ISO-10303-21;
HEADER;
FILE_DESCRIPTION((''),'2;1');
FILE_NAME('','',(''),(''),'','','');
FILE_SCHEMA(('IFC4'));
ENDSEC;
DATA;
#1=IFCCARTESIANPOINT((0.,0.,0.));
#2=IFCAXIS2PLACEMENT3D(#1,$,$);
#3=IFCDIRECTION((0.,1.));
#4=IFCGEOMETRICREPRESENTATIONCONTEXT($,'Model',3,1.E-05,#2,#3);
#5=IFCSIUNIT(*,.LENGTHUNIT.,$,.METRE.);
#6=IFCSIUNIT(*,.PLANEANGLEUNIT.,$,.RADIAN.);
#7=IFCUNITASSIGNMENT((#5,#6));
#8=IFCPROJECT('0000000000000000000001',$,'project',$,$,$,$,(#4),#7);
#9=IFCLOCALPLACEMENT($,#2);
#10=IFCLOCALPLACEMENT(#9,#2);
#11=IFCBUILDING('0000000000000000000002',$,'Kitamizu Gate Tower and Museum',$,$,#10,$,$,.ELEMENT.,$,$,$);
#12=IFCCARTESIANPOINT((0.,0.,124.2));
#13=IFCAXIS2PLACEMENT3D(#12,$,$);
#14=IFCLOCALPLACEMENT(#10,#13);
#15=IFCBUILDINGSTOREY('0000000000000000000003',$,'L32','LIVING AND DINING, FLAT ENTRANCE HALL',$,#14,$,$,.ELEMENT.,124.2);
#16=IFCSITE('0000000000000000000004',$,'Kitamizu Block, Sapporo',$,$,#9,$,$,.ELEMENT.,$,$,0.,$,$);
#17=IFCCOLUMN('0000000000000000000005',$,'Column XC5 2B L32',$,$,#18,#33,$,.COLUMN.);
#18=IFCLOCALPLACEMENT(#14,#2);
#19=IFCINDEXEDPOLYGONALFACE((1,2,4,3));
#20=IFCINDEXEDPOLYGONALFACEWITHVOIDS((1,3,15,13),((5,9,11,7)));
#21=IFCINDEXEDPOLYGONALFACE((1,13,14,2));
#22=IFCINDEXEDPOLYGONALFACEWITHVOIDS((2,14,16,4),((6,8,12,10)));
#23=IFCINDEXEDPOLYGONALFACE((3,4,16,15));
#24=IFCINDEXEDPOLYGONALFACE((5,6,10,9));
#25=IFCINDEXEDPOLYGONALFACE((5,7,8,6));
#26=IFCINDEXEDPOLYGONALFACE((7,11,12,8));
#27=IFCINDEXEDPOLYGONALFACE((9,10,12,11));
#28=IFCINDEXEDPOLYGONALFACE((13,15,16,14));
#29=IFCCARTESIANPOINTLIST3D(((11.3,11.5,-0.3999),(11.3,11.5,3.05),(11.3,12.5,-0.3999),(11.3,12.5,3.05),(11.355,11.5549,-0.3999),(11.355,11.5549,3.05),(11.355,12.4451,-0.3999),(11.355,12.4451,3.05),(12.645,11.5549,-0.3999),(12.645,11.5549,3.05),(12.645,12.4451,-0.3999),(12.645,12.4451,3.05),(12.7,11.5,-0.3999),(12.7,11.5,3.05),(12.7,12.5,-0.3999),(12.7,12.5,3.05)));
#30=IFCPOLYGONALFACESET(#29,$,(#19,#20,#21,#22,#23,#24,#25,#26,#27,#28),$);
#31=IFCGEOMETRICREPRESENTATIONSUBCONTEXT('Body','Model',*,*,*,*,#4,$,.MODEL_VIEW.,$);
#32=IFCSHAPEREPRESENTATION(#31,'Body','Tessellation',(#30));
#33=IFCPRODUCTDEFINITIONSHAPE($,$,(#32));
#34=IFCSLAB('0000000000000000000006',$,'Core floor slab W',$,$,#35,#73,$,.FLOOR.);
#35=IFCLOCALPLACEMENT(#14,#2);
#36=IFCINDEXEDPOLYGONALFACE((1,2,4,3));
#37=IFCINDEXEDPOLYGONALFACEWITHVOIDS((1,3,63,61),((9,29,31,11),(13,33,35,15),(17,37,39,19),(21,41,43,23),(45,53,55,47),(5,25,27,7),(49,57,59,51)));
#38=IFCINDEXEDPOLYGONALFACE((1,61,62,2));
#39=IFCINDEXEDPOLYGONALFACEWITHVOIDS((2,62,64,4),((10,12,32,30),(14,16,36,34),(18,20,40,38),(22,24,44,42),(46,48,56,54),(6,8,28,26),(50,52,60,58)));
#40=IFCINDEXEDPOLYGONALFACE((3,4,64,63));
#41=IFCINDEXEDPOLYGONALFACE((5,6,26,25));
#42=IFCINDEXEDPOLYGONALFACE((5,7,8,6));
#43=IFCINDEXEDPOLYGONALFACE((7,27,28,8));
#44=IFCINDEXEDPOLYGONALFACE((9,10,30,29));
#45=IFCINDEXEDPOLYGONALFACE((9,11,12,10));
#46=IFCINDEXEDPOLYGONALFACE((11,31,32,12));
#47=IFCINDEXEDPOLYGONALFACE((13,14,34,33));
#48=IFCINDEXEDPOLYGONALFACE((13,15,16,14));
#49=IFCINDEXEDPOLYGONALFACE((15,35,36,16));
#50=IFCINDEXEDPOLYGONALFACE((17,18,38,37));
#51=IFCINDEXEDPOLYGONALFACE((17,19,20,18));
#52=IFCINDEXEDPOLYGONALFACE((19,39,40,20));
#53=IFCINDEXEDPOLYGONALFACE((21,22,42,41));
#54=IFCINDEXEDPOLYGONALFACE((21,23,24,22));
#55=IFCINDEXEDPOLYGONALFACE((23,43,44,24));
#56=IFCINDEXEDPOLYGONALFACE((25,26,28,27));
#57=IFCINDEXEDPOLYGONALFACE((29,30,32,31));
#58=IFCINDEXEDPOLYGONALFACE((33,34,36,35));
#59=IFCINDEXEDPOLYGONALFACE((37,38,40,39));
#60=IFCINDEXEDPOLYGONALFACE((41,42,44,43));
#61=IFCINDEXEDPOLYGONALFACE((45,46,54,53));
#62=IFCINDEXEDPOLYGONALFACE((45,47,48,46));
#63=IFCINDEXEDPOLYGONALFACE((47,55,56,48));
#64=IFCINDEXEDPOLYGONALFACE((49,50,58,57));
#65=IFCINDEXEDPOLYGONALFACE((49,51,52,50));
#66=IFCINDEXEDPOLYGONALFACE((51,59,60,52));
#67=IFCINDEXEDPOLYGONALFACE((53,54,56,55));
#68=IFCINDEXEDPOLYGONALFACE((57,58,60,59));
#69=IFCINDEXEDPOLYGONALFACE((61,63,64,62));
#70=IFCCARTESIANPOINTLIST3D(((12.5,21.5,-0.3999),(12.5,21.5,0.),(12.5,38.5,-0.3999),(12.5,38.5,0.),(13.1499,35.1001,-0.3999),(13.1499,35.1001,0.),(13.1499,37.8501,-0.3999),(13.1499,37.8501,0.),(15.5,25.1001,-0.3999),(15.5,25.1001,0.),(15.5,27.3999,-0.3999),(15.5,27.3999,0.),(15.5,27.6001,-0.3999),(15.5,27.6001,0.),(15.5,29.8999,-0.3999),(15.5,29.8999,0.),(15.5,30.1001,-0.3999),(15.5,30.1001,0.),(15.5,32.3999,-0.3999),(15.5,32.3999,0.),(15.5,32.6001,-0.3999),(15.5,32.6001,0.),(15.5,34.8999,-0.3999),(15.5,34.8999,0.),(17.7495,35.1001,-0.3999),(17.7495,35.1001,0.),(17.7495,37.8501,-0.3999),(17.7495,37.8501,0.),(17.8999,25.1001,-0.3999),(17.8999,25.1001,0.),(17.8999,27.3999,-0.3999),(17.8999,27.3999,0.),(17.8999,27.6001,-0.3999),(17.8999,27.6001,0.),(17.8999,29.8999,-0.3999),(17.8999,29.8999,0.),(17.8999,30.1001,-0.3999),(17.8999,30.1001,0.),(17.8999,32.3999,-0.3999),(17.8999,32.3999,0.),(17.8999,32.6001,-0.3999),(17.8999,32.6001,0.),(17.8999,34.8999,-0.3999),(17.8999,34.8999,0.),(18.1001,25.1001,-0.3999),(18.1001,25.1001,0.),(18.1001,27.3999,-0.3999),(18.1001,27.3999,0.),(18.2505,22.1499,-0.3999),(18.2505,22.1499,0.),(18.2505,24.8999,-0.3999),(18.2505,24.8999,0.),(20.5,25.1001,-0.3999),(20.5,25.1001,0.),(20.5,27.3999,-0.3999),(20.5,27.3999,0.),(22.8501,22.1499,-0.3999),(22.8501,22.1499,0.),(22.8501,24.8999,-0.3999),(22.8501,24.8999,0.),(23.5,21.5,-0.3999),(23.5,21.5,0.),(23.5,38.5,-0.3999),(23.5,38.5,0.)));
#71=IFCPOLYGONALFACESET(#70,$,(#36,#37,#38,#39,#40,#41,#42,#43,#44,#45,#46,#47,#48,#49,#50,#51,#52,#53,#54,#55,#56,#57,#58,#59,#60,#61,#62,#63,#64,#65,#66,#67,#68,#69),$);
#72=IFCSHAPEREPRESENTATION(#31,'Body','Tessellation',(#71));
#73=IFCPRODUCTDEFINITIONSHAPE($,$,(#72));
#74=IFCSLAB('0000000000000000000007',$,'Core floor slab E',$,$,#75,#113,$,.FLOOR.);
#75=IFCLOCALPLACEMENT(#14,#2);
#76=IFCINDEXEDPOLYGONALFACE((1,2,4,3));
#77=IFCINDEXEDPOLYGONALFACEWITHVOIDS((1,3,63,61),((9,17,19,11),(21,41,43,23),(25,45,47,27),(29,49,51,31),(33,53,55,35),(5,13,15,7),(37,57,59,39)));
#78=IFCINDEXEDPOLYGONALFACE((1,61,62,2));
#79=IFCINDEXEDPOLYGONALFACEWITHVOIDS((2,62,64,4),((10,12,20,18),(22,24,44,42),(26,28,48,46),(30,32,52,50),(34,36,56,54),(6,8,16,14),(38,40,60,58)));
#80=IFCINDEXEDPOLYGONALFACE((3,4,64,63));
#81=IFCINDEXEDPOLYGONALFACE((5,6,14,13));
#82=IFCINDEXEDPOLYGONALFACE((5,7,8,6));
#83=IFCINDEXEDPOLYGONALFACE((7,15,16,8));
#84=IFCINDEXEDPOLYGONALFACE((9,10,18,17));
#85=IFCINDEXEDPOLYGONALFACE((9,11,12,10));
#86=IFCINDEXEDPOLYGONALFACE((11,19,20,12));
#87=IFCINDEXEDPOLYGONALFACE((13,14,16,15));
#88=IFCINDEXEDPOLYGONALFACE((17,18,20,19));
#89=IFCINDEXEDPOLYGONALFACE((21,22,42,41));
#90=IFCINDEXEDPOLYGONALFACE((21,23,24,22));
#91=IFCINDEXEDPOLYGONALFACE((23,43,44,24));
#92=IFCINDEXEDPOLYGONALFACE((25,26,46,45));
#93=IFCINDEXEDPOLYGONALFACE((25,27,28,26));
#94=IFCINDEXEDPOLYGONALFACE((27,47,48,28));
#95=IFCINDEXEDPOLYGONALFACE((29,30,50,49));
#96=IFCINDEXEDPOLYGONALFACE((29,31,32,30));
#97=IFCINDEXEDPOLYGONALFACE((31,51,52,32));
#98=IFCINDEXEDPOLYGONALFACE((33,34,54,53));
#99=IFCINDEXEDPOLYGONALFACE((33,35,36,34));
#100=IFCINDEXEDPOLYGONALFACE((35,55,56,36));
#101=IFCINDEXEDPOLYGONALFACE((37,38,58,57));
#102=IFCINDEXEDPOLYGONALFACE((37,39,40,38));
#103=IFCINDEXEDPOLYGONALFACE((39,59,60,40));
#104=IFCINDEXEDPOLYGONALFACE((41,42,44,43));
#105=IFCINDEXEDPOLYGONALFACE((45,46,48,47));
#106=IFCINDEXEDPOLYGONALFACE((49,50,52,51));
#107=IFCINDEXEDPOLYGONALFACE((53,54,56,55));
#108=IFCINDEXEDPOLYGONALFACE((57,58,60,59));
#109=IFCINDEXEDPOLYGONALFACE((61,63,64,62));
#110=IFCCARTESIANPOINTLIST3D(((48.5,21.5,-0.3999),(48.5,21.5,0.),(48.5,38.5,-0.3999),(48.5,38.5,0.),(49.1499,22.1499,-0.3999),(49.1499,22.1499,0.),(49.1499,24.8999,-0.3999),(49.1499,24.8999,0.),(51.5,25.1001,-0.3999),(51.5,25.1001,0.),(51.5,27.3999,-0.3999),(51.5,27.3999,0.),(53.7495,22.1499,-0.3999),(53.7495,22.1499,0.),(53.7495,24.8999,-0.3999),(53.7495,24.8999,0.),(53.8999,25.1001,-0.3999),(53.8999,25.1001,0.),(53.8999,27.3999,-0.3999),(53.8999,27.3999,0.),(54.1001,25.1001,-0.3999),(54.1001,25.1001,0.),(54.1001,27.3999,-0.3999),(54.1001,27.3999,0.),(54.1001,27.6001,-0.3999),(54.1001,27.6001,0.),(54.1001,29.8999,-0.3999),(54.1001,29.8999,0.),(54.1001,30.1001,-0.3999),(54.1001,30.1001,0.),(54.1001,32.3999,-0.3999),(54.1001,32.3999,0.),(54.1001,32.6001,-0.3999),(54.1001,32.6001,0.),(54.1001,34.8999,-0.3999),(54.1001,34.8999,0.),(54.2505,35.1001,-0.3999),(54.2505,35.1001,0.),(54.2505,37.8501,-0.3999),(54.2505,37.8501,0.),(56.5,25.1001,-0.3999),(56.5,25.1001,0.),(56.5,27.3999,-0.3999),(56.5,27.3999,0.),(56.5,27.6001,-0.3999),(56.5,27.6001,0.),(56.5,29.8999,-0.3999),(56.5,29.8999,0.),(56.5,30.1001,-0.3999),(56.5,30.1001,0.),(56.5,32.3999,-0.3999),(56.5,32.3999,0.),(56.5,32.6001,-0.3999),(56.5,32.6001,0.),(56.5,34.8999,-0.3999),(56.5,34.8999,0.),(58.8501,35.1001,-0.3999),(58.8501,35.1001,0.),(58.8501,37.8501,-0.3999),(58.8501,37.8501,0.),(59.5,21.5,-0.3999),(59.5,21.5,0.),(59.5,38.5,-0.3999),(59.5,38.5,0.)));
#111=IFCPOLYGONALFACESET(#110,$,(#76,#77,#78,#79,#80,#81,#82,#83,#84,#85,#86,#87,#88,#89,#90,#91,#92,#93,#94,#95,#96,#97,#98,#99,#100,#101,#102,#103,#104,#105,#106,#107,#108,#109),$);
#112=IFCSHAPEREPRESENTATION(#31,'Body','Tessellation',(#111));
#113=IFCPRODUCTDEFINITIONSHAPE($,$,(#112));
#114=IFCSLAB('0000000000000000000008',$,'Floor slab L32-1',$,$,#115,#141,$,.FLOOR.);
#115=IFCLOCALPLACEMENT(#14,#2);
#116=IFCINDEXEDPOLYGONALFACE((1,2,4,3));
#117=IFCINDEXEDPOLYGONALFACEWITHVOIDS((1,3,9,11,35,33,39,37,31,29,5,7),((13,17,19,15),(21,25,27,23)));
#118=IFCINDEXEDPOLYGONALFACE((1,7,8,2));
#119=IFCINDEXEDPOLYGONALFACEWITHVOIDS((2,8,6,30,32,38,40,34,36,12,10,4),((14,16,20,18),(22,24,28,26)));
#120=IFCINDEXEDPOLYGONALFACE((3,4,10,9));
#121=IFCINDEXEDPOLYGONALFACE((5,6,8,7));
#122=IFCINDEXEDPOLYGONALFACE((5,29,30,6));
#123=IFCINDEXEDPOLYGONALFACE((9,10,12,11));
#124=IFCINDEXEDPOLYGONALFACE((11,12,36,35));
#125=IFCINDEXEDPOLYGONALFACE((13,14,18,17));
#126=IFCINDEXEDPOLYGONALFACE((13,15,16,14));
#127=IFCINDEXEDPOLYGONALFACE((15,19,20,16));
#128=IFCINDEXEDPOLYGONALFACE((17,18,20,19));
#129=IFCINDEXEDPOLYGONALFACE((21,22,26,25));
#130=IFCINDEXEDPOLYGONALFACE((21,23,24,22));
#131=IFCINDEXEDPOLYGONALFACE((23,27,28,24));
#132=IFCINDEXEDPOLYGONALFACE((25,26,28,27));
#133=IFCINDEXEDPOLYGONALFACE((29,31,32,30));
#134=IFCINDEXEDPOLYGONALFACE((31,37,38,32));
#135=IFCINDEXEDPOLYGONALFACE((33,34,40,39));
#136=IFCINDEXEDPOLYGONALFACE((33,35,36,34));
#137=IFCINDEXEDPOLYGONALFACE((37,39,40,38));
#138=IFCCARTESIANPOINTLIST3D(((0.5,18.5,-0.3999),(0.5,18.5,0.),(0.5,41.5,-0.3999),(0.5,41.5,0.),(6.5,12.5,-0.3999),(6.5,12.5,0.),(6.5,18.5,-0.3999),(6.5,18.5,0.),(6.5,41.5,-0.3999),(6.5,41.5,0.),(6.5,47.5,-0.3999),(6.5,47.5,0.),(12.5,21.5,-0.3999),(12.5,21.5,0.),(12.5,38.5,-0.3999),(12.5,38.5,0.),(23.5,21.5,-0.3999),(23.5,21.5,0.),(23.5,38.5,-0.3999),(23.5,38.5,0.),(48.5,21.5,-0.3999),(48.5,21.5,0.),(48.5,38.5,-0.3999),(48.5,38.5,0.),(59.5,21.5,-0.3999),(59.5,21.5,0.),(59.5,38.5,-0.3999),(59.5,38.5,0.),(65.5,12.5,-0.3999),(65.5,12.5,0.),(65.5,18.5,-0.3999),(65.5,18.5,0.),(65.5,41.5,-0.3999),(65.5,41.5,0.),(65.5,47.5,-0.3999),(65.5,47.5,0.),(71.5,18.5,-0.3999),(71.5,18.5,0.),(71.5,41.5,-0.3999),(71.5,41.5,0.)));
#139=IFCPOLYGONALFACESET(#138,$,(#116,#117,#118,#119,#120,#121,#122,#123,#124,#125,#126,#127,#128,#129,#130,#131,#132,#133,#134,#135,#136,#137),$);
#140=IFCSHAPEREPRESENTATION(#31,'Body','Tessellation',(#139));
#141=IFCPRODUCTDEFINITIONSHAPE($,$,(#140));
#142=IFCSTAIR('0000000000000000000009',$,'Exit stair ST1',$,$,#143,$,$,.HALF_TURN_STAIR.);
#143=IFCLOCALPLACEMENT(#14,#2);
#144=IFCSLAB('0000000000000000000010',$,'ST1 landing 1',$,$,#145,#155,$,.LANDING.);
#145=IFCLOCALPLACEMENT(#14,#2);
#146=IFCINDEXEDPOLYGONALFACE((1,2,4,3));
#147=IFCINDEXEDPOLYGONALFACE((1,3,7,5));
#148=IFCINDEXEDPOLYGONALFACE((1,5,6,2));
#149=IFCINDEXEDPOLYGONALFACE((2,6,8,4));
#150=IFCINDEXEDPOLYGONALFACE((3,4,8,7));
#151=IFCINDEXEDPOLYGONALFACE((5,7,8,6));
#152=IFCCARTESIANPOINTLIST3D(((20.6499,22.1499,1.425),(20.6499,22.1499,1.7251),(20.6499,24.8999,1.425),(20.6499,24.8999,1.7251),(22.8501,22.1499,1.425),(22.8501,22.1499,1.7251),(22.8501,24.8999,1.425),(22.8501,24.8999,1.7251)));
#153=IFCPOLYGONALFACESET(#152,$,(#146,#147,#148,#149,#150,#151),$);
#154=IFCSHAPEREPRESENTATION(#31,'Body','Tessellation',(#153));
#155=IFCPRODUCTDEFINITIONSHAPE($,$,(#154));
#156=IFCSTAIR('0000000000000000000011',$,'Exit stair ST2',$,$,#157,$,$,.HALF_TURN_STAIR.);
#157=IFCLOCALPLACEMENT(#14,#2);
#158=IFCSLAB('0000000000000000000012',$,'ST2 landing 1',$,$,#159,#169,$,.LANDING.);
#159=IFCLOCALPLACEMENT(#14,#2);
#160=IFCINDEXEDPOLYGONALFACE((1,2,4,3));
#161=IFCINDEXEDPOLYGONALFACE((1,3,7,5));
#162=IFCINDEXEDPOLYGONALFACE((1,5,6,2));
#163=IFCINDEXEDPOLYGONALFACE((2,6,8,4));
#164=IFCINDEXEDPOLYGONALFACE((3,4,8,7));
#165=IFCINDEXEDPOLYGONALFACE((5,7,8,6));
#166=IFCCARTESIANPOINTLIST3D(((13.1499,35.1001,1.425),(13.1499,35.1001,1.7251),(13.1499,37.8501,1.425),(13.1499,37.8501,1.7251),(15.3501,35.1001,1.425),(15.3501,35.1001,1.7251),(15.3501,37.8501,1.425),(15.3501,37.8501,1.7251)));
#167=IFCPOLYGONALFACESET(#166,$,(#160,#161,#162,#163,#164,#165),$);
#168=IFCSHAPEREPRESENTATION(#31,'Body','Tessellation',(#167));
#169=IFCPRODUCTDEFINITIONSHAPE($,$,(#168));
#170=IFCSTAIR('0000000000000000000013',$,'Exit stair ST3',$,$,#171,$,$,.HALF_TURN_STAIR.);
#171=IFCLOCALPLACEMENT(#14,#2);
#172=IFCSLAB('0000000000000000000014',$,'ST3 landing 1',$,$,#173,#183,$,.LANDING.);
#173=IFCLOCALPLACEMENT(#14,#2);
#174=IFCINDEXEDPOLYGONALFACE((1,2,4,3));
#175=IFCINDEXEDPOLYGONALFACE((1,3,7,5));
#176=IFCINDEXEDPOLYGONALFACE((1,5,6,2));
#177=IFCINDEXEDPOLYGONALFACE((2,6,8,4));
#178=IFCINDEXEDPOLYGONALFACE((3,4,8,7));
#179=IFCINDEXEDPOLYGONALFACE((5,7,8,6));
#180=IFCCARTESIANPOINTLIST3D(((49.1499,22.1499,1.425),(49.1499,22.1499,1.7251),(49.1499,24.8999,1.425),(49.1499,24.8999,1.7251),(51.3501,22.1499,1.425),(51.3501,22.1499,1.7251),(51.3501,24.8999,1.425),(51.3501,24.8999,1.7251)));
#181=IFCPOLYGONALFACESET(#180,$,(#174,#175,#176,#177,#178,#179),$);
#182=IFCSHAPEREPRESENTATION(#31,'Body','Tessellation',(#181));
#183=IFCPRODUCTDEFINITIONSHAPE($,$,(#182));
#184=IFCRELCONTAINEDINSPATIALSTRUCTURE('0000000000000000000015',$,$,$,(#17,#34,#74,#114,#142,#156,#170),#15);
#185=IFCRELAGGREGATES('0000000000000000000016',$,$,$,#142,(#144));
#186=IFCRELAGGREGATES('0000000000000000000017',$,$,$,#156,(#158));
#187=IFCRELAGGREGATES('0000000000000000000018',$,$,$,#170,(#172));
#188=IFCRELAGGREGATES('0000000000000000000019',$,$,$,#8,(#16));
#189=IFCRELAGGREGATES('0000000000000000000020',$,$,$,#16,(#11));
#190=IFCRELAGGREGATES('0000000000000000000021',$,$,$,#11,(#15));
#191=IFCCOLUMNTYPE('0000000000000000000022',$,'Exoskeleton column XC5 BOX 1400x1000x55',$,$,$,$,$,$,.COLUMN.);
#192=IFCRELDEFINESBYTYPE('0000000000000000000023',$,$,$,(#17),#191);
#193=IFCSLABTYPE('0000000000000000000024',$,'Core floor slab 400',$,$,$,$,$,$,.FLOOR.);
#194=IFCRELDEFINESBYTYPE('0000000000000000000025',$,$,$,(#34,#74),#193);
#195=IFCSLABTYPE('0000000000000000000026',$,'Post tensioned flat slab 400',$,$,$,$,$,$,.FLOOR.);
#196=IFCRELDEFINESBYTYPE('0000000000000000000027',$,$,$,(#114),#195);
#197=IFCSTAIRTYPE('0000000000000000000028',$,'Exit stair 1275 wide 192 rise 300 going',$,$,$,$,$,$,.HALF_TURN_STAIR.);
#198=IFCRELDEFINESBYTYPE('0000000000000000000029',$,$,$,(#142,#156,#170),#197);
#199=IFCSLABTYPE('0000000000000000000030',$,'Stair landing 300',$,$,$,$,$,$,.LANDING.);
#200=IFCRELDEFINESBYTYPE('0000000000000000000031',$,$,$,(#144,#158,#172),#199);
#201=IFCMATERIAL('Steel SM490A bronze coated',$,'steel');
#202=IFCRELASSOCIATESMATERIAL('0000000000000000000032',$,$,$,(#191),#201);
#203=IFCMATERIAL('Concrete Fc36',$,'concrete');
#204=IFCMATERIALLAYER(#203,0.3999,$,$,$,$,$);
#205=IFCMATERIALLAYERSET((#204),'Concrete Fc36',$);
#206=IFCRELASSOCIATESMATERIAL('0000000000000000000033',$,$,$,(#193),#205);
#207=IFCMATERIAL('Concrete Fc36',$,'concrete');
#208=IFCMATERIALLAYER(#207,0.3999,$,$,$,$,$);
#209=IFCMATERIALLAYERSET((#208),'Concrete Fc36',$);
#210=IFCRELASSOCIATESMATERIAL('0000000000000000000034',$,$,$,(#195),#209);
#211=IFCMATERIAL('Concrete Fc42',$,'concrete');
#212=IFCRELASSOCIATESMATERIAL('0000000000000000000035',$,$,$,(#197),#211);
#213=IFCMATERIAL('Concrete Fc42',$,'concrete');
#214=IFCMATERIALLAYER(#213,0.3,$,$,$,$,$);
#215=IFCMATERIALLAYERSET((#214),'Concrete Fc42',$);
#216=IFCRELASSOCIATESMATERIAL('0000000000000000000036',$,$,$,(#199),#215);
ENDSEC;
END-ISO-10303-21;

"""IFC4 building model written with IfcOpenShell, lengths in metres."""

from ifc_helpers import new_model, si_unit, direction, frame, origin, origin_2d, place, context, subcontext, project, spatial, polyline, hollow_rectangle, outline, extrude, material, layer, layer_set, material_profile, profile_set, type_object, element, aggregate, save


model = new_model("IFC4")

# Units and contexts
model_context = context("Model", 3, precision=1e-05, world=origin(), true_north=direction((0.0, 1.0)))
body_context = subcontext(model_context, "Body", "Model", "MODEL_VIEW")
ifc_project = project(units=[si_unit("LENGTHUNIT", "METRE"), si_unit("PLANEANGLEUNIT", "RADIAN")], contexts=[model_context])

# Site, building, storey
site_placement = place(None, origin())
site = spatial("IfcSite", under=ifc_project, at=site_placement, Name="Kitamizu Block, Sapporo", CompositionType="ELEMENT", RefElevation=0.0)
building_placement = place(site_placement, origin())
building = spatial("IfcBuilding", under=site, at=building_placement, Name="Kitamizu Gate Tower and Museum", CompositionType="ELEMENT")
storey_placement = place(building_placement, frame((0.0, 0.0, 124.2)))
storey = spatial("IfcBuildingStorey", under=building, at=storey_placement, Name="L32", Description="LIVING AND DINING, FLAT ENTRANCE HALL", CompositionType="ELEMENT", Elevation=124.2)

# Column
ifc_material_1 = material(Name="Steel SM490A bronze coated", Category="steel")
ifc_material_profile = material_profile(ifc_material_1, hollow_rectangle(XDim=1.3999, YDim=1.0, WallThickness=0.0549, at=origin_2d()), Name="BOX 1400x1000x55")
ifc_profile_set = profile_set([ifc_material_profile], Name="Steel SM490A bronze coated")
column_type = type_object("IfcColumnType", Name="Exoskeleton column XC5 BOX 1400x1000x55", PredefinedType="COLUMN", material=ifc_profile_set)
column_placement = place(storey_placement, frame((12.0, 12.0, -0.3999), z_axis=(0.0, 0.0, 1.0), x_axis=(1.0, 0.0, 0.0)))
element("IfcColumn", 1, at=column_placement, inside=storey, type_object=column_type, Name="Column XC5 2B L32", PredefinedType="COLUMN", context=body_context, shape_type="SweptSolid", body=[
    extrude(hollow_rectangle(XDim=1.3999, YDim=1.0, WallThickness=0.0549, at=origin_2d()), origin(), (0.0, 0.0, 1.0), 3.45),
])

# Slabs
ifc_material_2 = material(Name="Concrete Fc36", Category="concrete")
ifc_layer_1 = layer(ifc_material_2, 0.3999)
ifc_layer_set_1 = layer_set([ifc_layer_1], Name="Concrete Fc36")
slab_type_1 = type_object("IfcSlabType", Name="Core floor slab 400", PredefinedType="FLOOR", material=ifc_layer_set_1)
slab_1_placement = place(storey_placement, frame((0.0, 0.0, -0.3999)))
element("IfcSlab", 2, at=slab_1_placement, inside=storey, type_object=slab_type_1, Name="Core floor slab W", PredefinedType="FLOOR", context=body_context, shape_type="SweptSolid", body=[
    extrude(outline(polyline([(12.5, 21.5), (23.5, 21.5), (23.5, 38.5), (12.5, 38.5), (12.5, 21.5)]), holes=[polyline([(15.5, 25.1001), (17.8999, 25.1001), (17.8999, 27.3999), (15.5, 27.3999), (15.5, 25.1001)]), polyline([(15.5, 27.6001), (17.8999, 27.6001), (17.8999, 29.8999), (15.5, 29.8999), (15.5, 27.6001)]), polyline([(15.5, 30.1001), (17.8999, 30.1001), (17.8999, 32.3999), (15.5, 32.3999), (15.5, 30.1001)]), polyline([(15.5, 32.6001), (17.8999, 32.6001), (17.8999, 34.8999), (15.5, 34.8999), (15.5, 32.6001)]), polyline([(18.1001, 25.1001), (20.5, 25.1001), (20.5, 27.3999), (18.1001, 27.3999), (18.1001, 25.1001)]), polyline([(18.2505, 22.1499), (22.8501, 22.1499), (22.8501, 24.8999), (18.2505, 24.8999), (18.2505, 22.1499)]), polyline([(13.1499, 35.1001), (17.7495, 35.1001), (17.7495, 37.8501), (13.1499, 37.8501), (13.1499, 35.1001)])]), origin(), (0.0, 0.0, 1.0), 0.3999),
])
slab_2_placement = place(storey_placement, frame((0.0, 0.0, -0.3999)))
element("IfcSlab", 3, at=slab_2_placement, inside=storey, type_object=slab_type_1, Name="Core floor slab E", PredefinedType="FLOOR", context=body_context, shape_type="SweptSolid", body=[
    extrude(outline(polyline([(48.5, 21.5), (59.5, 21.5), (59.5, 38.5), (48.5, 38.5), (48.5, 21.5)]), holes=[polyline([(54.1001, 25.1001), (56.5, 25.1001), (56.5, 27.3999), (54.1001, 27.3999), (54.1001, 25.1001)]), polyline([(54.1001, 27.6001), (56.5, 27.6001), (56.5, 29.8999), (54.1001, 29.8999), (54.1001, 27.6001)]), polyline([(54.1001, 30.1001), (56.5, 30.1001), (56.5, 32.3999), (54.1001, 32.3999), (54.1001, 30.1001)]), polyline([(54.1001, 32.6001), (56.5, 32.6001), (56.5, 34.8999), (54.1001, 34.8999), (54.1001, 32.6001)]), polyline([(51.5, 25.1001), (53.8999, 25.1001), (53.8999, 27.3999), (51.5, 27.3999), (51.5, 25.1001)]), polyline([(49.1499, 22.1499), (53.7495, 22.1499), (53.7495, 24.8999), (49.1499, 24.8999), (49.1499, 22.1499)]), polyline([(54.2505, 35.1001), (58.8501, 35.1001), (58.8501, 37.8501), (54.2505, 37.8501), (54.2505, 35.1001)])]), origin(), (0.0, 0.0, 1.0), 0.3999),
])
ifc_material_3 = material(Name="Concrete Fc36", Category="concrete")
ifc_layer_2 = layer(ifc_material_3, 0.3999)
ifc_layer_set_2 = layer_set([ifc_layer_2], Name="Concrete Fc36")
slab_type_2 = type_object("IfcSlabType", Name="Post tensioned flat slab 400", PredefinedType="FLOOR", material=ifc_layer_set_2)
slab_3_placement = place(storey_placement, frame((0.0, 0.0, -0.3999)))
element("IfcSlab", 4, at=slab_3_placement, inside=storey, type_object=slab_type_2, Name="Floor slab L32-1", PredefinedType="FLOOR", context=body_context, shape_type="SweptSolid", body=[
    extrude(outline(polyline([(0.5, 18.5), (0.5, 41.5), (6.5, 41.5), (6.5, 47.5), (65.5, 47.5), (65.5, 41.5), (71.5, 41.5), (71.5, 18.5), (65.5, 18.5), (65.5, 12.5), (6.5, 12.5), (6.5, 18.5), (0.5, 18.5)]), holes=[polyline([(59.5, 38.5), (48.5, 38.5), (48.5, 21.5), (59.5, 21.5), (59.5, 38.5)]), polyline([(12.5, 38.5), (12.5, 21.5), (23.5, 21.5), (23.5, 38.5), (12.5, 38.5)])]), origin(), (0.0, 0.0, 1.0), 0.3999),
])

# Stairs, slabs
ifc_material_4 = material(Name="Concrete Fc42", Category="concrete")
stair_type = type_object("IfcStairType", Name="Exit stair 1275 wide 192 rise 300 going", PredefinedType="HALF_TURN_STAIR", material=ifc_material_4)
stair_1_placement = place(storey_placement, origin())
stair_1 = element("IfcStair", 5, at=stair_1_placement, inside=storey, type_object=stair_type, Name="Exit stair ST1", PredefinedType="HALF_TURN_STAIR")
ifc_material_5 = material(Name="Concrete Fc42", Category="concrete")
ifc_layer_3 = layer(ifc_material_5, 0.3)
ifc_layer_set_3 = layer_set([ifc_layer_3], Name="Concrete Fc42")
slab_type_3 = type_object("IfcSlabType", Name="Stair landing 300", PredefinedType="LANDING", material=ifc_layer_set_3)
slab_4_placement = place(storey_placement, frame((0.0, 0.0, 1.425)))
slab_4 = element("IfcSlab", 6, at=slab_4_placement, type_object=slab_type_3, Name="ST1 landing 1", PredefinedType="LANDING", context=body_context, shape_type="SweptSolid", body=[
    extrude(outline(polyline([(20.6499, 22.1499), (22.8501, 22.1499), (22.8501, 24.8999), (20.6499, 24.8999), (20.6499, 22.1499)])), origin(), (0.0, 0.0, 1.0), 0.3),
])
aggregate(stair_1, [slab_4])
stair_2_placement = place(storey_placement, origin())
stair_2 = element("IfcStair", 7, at=stair_2_placement, inside=storey, type_object=stair_type, Name="Exit stair ST2", PredefinedType="HALF_TURN_STAIR")
slab_5_placement = place(storey_placement, frame((0.0, 0.0, 1.425)))
slab_5 = element("IfcSlab", 8, at=slab_5_placement, type_object=slab_type_3, Name="ST2 landing 1", PredefinedType="LANDING", context=body_context, shape_type="SweptSolid", body=[
    extrude(outline(polyline([(13.1499, 35.1001), (15.3501, 35.1001), (15.3501, 37.8501), (13.1499, 37.8501), (13.1499, 35.1001)])), origin(), (0.0, 0.0, 1.0), 0.3),
])
aggregate(stair_2, [slab_5])
stair_3_placement = place(storey_placement, origin())
stair_3 = element("IfcStair", 9, at=stair_3_placement, inside=storey, type_object=stair_type, Name="Exit stair ST3", PredefinedType="HALF_TURN_STAIR")
slab_6_placement = place(storey_placement, frame((0.0, 0.0, 1.425)))
slab_6 = element("IfcSlab", 10, at=slab_6_placement, type_object=slab_type_3, Name="ST3 landing 1", PredefinedType="LANDING", context=body_context, shape_type="SweptSolid", body=[
    extrude(outline(polyline([(49.1499, 22.1499), (51.3501, 22.1499), (51.3501, 24.8999), (49.1499, 24.8999), (49.1499, 22.1499)])), origin(), (0.0, 0.0, 1.0), 0.3),
])
aggregate(stair_3, [slab_6])

save(model, "model.ifc")
